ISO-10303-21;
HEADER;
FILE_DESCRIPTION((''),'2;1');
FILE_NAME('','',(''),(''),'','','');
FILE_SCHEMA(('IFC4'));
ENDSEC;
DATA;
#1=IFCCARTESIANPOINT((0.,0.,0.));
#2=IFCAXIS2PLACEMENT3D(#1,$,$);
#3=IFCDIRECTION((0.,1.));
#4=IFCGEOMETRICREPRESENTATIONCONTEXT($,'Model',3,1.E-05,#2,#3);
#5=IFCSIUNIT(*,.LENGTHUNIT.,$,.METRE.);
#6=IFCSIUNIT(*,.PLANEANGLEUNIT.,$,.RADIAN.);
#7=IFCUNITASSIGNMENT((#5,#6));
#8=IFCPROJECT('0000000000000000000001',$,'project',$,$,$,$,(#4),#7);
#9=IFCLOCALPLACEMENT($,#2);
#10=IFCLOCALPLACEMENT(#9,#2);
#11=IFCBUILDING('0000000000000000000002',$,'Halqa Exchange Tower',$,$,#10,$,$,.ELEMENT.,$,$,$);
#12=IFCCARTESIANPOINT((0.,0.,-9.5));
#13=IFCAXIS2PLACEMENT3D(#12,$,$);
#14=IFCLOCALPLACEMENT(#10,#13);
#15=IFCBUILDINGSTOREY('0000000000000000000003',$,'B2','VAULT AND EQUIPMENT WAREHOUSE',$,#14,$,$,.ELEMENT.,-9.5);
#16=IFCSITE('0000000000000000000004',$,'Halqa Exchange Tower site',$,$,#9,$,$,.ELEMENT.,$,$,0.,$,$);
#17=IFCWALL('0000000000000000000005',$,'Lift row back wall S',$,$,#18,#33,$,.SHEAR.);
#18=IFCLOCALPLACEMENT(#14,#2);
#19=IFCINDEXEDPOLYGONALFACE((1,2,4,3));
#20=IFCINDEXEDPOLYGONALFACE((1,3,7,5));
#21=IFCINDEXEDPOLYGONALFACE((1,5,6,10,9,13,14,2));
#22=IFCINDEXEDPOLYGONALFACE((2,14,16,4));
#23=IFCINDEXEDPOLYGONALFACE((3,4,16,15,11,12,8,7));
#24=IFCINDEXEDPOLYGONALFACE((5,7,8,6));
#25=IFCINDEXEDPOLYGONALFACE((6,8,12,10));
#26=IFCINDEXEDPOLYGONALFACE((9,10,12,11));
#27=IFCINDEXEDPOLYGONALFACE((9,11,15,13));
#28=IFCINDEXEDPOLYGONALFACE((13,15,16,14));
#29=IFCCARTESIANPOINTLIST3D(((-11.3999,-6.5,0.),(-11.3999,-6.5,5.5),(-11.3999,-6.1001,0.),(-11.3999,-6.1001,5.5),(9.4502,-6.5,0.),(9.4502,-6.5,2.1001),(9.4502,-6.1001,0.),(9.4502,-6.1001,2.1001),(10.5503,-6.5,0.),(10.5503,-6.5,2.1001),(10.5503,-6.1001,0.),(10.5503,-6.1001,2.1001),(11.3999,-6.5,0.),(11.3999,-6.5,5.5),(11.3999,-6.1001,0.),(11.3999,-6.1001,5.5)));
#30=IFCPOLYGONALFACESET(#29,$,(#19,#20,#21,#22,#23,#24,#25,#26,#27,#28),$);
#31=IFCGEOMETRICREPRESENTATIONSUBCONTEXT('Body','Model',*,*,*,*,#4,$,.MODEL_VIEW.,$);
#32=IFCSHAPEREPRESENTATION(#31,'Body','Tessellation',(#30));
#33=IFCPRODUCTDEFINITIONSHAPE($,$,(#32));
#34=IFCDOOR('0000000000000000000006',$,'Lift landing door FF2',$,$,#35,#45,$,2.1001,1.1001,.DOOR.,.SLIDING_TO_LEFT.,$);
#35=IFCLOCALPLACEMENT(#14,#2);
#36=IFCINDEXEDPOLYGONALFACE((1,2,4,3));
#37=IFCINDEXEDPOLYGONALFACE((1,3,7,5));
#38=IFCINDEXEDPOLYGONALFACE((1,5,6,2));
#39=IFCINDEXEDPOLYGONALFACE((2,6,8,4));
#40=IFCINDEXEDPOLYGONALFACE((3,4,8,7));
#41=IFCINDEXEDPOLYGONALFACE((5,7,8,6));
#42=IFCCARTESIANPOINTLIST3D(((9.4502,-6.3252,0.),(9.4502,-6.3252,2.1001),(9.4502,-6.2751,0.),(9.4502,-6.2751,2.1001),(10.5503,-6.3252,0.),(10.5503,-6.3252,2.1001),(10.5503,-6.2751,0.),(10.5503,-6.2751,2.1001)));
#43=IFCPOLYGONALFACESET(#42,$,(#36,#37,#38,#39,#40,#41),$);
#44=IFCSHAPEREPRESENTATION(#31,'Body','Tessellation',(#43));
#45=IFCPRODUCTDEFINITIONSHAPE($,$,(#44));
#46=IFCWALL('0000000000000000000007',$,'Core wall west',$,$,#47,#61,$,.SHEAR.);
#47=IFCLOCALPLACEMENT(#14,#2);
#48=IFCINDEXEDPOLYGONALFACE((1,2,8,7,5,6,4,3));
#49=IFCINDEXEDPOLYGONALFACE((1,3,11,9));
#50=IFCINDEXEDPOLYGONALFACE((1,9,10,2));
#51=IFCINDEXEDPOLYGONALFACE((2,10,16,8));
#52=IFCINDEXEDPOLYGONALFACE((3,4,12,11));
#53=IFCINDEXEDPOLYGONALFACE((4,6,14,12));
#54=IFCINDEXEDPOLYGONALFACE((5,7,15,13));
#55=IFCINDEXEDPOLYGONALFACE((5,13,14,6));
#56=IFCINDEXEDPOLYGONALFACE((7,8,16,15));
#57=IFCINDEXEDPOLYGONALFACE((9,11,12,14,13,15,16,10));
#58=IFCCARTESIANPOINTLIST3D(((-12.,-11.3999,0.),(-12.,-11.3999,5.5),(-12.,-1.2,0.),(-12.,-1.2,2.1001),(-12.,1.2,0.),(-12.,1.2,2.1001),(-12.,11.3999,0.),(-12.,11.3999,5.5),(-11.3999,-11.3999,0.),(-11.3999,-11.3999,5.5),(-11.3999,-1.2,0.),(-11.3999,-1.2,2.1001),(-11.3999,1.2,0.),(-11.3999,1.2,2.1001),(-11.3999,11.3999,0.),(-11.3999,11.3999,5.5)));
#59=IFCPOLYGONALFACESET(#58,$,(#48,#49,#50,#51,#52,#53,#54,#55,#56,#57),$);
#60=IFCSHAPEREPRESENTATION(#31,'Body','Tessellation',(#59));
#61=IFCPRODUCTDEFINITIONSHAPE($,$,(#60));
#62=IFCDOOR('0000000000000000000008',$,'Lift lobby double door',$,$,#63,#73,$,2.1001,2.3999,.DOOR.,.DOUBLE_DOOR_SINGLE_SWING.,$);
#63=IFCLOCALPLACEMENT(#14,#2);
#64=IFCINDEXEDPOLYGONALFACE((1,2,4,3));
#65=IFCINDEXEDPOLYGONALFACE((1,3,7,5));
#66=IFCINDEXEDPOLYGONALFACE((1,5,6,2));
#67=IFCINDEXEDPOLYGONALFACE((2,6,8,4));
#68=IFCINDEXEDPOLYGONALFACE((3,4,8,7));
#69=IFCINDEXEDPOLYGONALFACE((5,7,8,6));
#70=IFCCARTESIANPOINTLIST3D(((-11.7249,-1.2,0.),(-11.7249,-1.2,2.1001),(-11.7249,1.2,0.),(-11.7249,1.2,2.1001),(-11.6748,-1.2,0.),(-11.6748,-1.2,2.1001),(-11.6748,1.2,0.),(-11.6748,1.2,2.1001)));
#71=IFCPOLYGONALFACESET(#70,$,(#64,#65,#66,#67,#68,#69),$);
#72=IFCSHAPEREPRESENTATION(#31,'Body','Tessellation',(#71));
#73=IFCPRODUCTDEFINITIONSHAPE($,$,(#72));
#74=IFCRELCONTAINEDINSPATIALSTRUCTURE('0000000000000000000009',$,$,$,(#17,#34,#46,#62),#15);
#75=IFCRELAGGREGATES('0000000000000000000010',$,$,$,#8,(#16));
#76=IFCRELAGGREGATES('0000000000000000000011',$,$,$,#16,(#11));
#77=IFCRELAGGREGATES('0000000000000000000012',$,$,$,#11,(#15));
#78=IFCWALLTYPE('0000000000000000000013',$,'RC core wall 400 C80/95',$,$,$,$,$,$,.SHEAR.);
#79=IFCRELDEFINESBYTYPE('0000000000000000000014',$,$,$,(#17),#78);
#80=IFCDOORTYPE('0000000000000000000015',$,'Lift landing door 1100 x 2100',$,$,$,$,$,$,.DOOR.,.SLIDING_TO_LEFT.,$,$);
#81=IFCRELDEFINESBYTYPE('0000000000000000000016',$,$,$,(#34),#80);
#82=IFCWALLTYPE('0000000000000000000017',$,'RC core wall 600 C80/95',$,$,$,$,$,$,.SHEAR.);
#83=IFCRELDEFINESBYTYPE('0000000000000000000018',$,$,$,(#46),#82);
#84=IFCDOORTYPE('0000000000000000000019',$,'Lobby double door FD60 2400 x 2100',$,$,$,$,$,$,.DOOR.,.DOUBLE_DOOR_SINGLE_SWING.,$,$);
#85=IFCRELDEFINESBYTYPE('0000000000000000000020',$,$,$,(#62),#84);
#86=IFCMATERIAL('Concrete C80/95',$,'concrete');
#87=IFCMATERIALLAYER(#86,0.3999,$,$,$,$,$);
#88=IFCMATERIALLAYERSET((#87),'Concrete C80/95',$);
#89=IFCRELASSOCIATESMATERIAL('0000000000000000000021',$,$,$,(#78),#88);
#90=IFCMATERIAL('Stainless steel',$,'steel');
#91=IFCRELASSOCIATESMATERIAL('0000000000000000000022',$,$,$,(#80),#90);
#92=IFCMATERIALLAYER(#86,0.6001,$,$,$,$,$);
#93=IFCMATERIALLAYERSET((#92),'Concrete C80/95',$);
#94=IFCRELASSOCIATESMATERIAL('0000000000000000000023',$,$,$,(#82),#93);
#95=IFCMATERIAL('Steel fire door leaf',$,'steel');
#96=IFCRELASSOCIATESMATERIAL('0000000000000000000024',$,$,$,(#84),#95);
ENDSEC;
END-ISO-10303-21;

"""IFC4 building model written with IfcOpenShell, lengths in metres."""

from ifc_helpers import new_model, si_unit, direction, frame, frame_2d, origin, place, context, subcontext, project, spatial, rectangle, extrude, material, layer, layer_set, type_object, element, fill, save


model = new_model("IFC4")

# Units and contexts
model_context = context("Model", 3, precision=1e-05, world=origin(), true_north=direction((0.0, 1.0)))
body_context = subcontext(model_context, "Body", "Model", "MODEL_VIEW")
ifc_project = project(units=[si_unit("LENGTHUNIT", "METRE"), si_unit("PLANEANGLEUNIT", "RADIAN")], contexts=[model_context])

# Site, building, storey
site_placement = place(None, origin())
site = spatial("IfcSite", under=ifc_project, at=site_placement, Name="Halqa Exchange Tower site", CompositionType="ELEMENT", RefElevation=0.0)
building_placement = place(site_placement, origin())
building = spatial("IfcBuilding", under=site, at=building_placement, Name="Halqa Exchange Tower", CompositionType="ELEMENT")
storey_placement = place(building_placement, frame((0.0, 0.0, -9.5)))
storey = spatial("IfcBuildingStorey", under=building, at=storey_placement, Name="B2", Description="VAULT AND EQUIPMENT WAREHOUSE", CompositionType="ELEMENT", Elevation=-9.5)

# Shared definitions
ifc_material_1 = material(Name="Steel fire door leaf", Category="steel")

# Walls, openings, doors
ifc_material_2 = material(Name="Concrete C80/95", Category="concrete")
ifc_layer_1 = layer(ifc_material_2, 0.3999)
ifc_layer_set_1 = layer_set([ifc_layer_1], Name="Concrete C80/95")
wall_type_1 = type_object("IfcWallType", Name="RC core wall 400 C80/95", PredefinedType="SHEAR", material=ifc_layer_set_1)
ifc_material_3 = material(Name="Stainless steel", Category="steel")
door_type_1 = type_object("IfcDoorType", Name="Lift landing door 1100 x 2100", OperationType="SLIDING_TO_LEFT", PredefinedType="DOOR", material=ifc_material_3)
wall_1_placement = place(storey_placement, frame((-11.3999, -6.3, 0.0), z_axis=(0.0, 0.0, 1.0), x_axis=(1.0, 0.0, 0.0)))
wall_1 = element("IfcWall", 1, at=wall_1_placement, inside=storey, type_object=wall_type_1, Name="Lift row back wall S", PredefinedType="SHEAR", context=body_context, shape_type="SweptSolid", body=[
    extrude(rectangle(XDim=22.7998, YDim=0.3999, at=frame_2d((11.3999, 0.0))), origin(), (0.0, 0.0, 1.0), 5.5),
])
opening_1_placement = place(wall_1_placement, frame((20.8501, 0.0, 0.0)))
opening_1 = element("IfcOpeningElement", 2, at=opening_1_placement, cuts=wall_1, PredefinedType="OPENING", context=body_context, shape_type="SweptSolid", body=[
    extrude(rectangle(XDim=1.1001, YDim=2.1001, at=frame_2d((0.55, 1.05))), frame((0.0, 0.2119, 0.0), z_axis=(0.0, -1.0, 0.0), x_axis=(1.0, 0.0, 0.0)), (0.0, 0.0, 1.0), 0.4238),
])
door_1_placement = place(opening_1_placement, origin())
door_1 = element("IfcDoor", 3, at=door_1_placement, inside=storey, type_object=door_type_1, Name="Lift landing door FF2", OperationType="SLIDING_TO_LEFT", OverallHeight=2.1001, OverallWidth=1.1001, PredefinedType="DOOR", context=body_context, shape_type="SweptSolid", body=[
    extrude(rectangle(XDim=1.1001, YDim=2.1001, at=frame_2d((0.55, 1.05))), frame((0.0, 0.0249, 0.0), z_axis=(0.0, -1.0, 0.0), x_axis=(1.0, 0.0, 0.0)), (0.0, 0.0, 1.0), 0.05),
])
fill(opening_1, door_1)
ifc_layer_2 = layer(ifc_material_2, 0.6001)
ifc_layer_set_2 = layer_set([ifc_layer_2], Name="Concrete C80/95")
wall_type_2 = type_object("IfcWallType", Name="RC core wall 600 C80/95", PredefinedType="SHEAR", material=ifc_layer_set_2)
wall_2_placement = place(storey_placement, frame((-11.7, -11.3999, 0.0), z_axis=(0.0, 0.0, 1.0), x_axis=(0.0, 1.0, 0.0)))
wall_2 = element("IfcWall", 4, at=wall_2_placement, inside=storey, type_object=wall_type_2, Name="Core wall west", PredefinedType="SHEAR", context=body_context, shape_type="SweptSolid", body=[
    extrude(rectangle(XDim=22.7998, YDim=0.6001, at=frame_2d((11.3999, 0.0))), origin(), (0.0, 0.0, 1.0), 5.5),
])
opening_2_placement = place(wall_2_placement, frame((10.2, 0.0, 0.0)))
opening_2 = element("IfcOpeningElement", 5, at=opening_2_placement, cuts=wall_2, PredefinedType="OPENING", context=body_context, shape_type="SweptSolid", body=[
    extrude(rectangle(XDim=2.3999, YDim=2.1001, at=frame_2d((1.2, 1.05))), frame((0.0, 0.312, 0.0), z_axis=(0.0, -1.0, 0.0), x_axis=(1.0, 0.0, 0.0)), (0.0, 0.0, 1.0), 0.624),
])
door_type_2 = type_object("IfcDoorType", Name="Lobby double door FD60 2400 x 2100", OperationType="DOUBLE_DOOR_SINGLE_SWING", PredefinedType="DOOR", material=ifc_material_1)
door_2_placement = place(opening_2_placement, origin())
door_2 = element("IfcDoor", 6, at=door_2_placement, inside=storey, type_object=door_type_2, Name="Lift lobby double door", OperationType="DOUBLE_DOOR_SINGLE_SWING", OverallHeight=2.1001, OverallWidth=2.3999, PredefinedType="DOOR", context=body_context, shape_type="SweptSolid", body=[
    extrude(rectangle(XDim=2.3999, YDim=2.1001, at=frame_2d((1.2, 1.05))), frame((0.0, 0.0249, 0.0), z_axis=(0.0, -1.0, 0.0), x_axis=(1.0, 0.0, 0.0)), (0.0, 0.0, 1.0), 0.05),
])
fill(opening_2, door_2)

save(model, "model.ifc")
